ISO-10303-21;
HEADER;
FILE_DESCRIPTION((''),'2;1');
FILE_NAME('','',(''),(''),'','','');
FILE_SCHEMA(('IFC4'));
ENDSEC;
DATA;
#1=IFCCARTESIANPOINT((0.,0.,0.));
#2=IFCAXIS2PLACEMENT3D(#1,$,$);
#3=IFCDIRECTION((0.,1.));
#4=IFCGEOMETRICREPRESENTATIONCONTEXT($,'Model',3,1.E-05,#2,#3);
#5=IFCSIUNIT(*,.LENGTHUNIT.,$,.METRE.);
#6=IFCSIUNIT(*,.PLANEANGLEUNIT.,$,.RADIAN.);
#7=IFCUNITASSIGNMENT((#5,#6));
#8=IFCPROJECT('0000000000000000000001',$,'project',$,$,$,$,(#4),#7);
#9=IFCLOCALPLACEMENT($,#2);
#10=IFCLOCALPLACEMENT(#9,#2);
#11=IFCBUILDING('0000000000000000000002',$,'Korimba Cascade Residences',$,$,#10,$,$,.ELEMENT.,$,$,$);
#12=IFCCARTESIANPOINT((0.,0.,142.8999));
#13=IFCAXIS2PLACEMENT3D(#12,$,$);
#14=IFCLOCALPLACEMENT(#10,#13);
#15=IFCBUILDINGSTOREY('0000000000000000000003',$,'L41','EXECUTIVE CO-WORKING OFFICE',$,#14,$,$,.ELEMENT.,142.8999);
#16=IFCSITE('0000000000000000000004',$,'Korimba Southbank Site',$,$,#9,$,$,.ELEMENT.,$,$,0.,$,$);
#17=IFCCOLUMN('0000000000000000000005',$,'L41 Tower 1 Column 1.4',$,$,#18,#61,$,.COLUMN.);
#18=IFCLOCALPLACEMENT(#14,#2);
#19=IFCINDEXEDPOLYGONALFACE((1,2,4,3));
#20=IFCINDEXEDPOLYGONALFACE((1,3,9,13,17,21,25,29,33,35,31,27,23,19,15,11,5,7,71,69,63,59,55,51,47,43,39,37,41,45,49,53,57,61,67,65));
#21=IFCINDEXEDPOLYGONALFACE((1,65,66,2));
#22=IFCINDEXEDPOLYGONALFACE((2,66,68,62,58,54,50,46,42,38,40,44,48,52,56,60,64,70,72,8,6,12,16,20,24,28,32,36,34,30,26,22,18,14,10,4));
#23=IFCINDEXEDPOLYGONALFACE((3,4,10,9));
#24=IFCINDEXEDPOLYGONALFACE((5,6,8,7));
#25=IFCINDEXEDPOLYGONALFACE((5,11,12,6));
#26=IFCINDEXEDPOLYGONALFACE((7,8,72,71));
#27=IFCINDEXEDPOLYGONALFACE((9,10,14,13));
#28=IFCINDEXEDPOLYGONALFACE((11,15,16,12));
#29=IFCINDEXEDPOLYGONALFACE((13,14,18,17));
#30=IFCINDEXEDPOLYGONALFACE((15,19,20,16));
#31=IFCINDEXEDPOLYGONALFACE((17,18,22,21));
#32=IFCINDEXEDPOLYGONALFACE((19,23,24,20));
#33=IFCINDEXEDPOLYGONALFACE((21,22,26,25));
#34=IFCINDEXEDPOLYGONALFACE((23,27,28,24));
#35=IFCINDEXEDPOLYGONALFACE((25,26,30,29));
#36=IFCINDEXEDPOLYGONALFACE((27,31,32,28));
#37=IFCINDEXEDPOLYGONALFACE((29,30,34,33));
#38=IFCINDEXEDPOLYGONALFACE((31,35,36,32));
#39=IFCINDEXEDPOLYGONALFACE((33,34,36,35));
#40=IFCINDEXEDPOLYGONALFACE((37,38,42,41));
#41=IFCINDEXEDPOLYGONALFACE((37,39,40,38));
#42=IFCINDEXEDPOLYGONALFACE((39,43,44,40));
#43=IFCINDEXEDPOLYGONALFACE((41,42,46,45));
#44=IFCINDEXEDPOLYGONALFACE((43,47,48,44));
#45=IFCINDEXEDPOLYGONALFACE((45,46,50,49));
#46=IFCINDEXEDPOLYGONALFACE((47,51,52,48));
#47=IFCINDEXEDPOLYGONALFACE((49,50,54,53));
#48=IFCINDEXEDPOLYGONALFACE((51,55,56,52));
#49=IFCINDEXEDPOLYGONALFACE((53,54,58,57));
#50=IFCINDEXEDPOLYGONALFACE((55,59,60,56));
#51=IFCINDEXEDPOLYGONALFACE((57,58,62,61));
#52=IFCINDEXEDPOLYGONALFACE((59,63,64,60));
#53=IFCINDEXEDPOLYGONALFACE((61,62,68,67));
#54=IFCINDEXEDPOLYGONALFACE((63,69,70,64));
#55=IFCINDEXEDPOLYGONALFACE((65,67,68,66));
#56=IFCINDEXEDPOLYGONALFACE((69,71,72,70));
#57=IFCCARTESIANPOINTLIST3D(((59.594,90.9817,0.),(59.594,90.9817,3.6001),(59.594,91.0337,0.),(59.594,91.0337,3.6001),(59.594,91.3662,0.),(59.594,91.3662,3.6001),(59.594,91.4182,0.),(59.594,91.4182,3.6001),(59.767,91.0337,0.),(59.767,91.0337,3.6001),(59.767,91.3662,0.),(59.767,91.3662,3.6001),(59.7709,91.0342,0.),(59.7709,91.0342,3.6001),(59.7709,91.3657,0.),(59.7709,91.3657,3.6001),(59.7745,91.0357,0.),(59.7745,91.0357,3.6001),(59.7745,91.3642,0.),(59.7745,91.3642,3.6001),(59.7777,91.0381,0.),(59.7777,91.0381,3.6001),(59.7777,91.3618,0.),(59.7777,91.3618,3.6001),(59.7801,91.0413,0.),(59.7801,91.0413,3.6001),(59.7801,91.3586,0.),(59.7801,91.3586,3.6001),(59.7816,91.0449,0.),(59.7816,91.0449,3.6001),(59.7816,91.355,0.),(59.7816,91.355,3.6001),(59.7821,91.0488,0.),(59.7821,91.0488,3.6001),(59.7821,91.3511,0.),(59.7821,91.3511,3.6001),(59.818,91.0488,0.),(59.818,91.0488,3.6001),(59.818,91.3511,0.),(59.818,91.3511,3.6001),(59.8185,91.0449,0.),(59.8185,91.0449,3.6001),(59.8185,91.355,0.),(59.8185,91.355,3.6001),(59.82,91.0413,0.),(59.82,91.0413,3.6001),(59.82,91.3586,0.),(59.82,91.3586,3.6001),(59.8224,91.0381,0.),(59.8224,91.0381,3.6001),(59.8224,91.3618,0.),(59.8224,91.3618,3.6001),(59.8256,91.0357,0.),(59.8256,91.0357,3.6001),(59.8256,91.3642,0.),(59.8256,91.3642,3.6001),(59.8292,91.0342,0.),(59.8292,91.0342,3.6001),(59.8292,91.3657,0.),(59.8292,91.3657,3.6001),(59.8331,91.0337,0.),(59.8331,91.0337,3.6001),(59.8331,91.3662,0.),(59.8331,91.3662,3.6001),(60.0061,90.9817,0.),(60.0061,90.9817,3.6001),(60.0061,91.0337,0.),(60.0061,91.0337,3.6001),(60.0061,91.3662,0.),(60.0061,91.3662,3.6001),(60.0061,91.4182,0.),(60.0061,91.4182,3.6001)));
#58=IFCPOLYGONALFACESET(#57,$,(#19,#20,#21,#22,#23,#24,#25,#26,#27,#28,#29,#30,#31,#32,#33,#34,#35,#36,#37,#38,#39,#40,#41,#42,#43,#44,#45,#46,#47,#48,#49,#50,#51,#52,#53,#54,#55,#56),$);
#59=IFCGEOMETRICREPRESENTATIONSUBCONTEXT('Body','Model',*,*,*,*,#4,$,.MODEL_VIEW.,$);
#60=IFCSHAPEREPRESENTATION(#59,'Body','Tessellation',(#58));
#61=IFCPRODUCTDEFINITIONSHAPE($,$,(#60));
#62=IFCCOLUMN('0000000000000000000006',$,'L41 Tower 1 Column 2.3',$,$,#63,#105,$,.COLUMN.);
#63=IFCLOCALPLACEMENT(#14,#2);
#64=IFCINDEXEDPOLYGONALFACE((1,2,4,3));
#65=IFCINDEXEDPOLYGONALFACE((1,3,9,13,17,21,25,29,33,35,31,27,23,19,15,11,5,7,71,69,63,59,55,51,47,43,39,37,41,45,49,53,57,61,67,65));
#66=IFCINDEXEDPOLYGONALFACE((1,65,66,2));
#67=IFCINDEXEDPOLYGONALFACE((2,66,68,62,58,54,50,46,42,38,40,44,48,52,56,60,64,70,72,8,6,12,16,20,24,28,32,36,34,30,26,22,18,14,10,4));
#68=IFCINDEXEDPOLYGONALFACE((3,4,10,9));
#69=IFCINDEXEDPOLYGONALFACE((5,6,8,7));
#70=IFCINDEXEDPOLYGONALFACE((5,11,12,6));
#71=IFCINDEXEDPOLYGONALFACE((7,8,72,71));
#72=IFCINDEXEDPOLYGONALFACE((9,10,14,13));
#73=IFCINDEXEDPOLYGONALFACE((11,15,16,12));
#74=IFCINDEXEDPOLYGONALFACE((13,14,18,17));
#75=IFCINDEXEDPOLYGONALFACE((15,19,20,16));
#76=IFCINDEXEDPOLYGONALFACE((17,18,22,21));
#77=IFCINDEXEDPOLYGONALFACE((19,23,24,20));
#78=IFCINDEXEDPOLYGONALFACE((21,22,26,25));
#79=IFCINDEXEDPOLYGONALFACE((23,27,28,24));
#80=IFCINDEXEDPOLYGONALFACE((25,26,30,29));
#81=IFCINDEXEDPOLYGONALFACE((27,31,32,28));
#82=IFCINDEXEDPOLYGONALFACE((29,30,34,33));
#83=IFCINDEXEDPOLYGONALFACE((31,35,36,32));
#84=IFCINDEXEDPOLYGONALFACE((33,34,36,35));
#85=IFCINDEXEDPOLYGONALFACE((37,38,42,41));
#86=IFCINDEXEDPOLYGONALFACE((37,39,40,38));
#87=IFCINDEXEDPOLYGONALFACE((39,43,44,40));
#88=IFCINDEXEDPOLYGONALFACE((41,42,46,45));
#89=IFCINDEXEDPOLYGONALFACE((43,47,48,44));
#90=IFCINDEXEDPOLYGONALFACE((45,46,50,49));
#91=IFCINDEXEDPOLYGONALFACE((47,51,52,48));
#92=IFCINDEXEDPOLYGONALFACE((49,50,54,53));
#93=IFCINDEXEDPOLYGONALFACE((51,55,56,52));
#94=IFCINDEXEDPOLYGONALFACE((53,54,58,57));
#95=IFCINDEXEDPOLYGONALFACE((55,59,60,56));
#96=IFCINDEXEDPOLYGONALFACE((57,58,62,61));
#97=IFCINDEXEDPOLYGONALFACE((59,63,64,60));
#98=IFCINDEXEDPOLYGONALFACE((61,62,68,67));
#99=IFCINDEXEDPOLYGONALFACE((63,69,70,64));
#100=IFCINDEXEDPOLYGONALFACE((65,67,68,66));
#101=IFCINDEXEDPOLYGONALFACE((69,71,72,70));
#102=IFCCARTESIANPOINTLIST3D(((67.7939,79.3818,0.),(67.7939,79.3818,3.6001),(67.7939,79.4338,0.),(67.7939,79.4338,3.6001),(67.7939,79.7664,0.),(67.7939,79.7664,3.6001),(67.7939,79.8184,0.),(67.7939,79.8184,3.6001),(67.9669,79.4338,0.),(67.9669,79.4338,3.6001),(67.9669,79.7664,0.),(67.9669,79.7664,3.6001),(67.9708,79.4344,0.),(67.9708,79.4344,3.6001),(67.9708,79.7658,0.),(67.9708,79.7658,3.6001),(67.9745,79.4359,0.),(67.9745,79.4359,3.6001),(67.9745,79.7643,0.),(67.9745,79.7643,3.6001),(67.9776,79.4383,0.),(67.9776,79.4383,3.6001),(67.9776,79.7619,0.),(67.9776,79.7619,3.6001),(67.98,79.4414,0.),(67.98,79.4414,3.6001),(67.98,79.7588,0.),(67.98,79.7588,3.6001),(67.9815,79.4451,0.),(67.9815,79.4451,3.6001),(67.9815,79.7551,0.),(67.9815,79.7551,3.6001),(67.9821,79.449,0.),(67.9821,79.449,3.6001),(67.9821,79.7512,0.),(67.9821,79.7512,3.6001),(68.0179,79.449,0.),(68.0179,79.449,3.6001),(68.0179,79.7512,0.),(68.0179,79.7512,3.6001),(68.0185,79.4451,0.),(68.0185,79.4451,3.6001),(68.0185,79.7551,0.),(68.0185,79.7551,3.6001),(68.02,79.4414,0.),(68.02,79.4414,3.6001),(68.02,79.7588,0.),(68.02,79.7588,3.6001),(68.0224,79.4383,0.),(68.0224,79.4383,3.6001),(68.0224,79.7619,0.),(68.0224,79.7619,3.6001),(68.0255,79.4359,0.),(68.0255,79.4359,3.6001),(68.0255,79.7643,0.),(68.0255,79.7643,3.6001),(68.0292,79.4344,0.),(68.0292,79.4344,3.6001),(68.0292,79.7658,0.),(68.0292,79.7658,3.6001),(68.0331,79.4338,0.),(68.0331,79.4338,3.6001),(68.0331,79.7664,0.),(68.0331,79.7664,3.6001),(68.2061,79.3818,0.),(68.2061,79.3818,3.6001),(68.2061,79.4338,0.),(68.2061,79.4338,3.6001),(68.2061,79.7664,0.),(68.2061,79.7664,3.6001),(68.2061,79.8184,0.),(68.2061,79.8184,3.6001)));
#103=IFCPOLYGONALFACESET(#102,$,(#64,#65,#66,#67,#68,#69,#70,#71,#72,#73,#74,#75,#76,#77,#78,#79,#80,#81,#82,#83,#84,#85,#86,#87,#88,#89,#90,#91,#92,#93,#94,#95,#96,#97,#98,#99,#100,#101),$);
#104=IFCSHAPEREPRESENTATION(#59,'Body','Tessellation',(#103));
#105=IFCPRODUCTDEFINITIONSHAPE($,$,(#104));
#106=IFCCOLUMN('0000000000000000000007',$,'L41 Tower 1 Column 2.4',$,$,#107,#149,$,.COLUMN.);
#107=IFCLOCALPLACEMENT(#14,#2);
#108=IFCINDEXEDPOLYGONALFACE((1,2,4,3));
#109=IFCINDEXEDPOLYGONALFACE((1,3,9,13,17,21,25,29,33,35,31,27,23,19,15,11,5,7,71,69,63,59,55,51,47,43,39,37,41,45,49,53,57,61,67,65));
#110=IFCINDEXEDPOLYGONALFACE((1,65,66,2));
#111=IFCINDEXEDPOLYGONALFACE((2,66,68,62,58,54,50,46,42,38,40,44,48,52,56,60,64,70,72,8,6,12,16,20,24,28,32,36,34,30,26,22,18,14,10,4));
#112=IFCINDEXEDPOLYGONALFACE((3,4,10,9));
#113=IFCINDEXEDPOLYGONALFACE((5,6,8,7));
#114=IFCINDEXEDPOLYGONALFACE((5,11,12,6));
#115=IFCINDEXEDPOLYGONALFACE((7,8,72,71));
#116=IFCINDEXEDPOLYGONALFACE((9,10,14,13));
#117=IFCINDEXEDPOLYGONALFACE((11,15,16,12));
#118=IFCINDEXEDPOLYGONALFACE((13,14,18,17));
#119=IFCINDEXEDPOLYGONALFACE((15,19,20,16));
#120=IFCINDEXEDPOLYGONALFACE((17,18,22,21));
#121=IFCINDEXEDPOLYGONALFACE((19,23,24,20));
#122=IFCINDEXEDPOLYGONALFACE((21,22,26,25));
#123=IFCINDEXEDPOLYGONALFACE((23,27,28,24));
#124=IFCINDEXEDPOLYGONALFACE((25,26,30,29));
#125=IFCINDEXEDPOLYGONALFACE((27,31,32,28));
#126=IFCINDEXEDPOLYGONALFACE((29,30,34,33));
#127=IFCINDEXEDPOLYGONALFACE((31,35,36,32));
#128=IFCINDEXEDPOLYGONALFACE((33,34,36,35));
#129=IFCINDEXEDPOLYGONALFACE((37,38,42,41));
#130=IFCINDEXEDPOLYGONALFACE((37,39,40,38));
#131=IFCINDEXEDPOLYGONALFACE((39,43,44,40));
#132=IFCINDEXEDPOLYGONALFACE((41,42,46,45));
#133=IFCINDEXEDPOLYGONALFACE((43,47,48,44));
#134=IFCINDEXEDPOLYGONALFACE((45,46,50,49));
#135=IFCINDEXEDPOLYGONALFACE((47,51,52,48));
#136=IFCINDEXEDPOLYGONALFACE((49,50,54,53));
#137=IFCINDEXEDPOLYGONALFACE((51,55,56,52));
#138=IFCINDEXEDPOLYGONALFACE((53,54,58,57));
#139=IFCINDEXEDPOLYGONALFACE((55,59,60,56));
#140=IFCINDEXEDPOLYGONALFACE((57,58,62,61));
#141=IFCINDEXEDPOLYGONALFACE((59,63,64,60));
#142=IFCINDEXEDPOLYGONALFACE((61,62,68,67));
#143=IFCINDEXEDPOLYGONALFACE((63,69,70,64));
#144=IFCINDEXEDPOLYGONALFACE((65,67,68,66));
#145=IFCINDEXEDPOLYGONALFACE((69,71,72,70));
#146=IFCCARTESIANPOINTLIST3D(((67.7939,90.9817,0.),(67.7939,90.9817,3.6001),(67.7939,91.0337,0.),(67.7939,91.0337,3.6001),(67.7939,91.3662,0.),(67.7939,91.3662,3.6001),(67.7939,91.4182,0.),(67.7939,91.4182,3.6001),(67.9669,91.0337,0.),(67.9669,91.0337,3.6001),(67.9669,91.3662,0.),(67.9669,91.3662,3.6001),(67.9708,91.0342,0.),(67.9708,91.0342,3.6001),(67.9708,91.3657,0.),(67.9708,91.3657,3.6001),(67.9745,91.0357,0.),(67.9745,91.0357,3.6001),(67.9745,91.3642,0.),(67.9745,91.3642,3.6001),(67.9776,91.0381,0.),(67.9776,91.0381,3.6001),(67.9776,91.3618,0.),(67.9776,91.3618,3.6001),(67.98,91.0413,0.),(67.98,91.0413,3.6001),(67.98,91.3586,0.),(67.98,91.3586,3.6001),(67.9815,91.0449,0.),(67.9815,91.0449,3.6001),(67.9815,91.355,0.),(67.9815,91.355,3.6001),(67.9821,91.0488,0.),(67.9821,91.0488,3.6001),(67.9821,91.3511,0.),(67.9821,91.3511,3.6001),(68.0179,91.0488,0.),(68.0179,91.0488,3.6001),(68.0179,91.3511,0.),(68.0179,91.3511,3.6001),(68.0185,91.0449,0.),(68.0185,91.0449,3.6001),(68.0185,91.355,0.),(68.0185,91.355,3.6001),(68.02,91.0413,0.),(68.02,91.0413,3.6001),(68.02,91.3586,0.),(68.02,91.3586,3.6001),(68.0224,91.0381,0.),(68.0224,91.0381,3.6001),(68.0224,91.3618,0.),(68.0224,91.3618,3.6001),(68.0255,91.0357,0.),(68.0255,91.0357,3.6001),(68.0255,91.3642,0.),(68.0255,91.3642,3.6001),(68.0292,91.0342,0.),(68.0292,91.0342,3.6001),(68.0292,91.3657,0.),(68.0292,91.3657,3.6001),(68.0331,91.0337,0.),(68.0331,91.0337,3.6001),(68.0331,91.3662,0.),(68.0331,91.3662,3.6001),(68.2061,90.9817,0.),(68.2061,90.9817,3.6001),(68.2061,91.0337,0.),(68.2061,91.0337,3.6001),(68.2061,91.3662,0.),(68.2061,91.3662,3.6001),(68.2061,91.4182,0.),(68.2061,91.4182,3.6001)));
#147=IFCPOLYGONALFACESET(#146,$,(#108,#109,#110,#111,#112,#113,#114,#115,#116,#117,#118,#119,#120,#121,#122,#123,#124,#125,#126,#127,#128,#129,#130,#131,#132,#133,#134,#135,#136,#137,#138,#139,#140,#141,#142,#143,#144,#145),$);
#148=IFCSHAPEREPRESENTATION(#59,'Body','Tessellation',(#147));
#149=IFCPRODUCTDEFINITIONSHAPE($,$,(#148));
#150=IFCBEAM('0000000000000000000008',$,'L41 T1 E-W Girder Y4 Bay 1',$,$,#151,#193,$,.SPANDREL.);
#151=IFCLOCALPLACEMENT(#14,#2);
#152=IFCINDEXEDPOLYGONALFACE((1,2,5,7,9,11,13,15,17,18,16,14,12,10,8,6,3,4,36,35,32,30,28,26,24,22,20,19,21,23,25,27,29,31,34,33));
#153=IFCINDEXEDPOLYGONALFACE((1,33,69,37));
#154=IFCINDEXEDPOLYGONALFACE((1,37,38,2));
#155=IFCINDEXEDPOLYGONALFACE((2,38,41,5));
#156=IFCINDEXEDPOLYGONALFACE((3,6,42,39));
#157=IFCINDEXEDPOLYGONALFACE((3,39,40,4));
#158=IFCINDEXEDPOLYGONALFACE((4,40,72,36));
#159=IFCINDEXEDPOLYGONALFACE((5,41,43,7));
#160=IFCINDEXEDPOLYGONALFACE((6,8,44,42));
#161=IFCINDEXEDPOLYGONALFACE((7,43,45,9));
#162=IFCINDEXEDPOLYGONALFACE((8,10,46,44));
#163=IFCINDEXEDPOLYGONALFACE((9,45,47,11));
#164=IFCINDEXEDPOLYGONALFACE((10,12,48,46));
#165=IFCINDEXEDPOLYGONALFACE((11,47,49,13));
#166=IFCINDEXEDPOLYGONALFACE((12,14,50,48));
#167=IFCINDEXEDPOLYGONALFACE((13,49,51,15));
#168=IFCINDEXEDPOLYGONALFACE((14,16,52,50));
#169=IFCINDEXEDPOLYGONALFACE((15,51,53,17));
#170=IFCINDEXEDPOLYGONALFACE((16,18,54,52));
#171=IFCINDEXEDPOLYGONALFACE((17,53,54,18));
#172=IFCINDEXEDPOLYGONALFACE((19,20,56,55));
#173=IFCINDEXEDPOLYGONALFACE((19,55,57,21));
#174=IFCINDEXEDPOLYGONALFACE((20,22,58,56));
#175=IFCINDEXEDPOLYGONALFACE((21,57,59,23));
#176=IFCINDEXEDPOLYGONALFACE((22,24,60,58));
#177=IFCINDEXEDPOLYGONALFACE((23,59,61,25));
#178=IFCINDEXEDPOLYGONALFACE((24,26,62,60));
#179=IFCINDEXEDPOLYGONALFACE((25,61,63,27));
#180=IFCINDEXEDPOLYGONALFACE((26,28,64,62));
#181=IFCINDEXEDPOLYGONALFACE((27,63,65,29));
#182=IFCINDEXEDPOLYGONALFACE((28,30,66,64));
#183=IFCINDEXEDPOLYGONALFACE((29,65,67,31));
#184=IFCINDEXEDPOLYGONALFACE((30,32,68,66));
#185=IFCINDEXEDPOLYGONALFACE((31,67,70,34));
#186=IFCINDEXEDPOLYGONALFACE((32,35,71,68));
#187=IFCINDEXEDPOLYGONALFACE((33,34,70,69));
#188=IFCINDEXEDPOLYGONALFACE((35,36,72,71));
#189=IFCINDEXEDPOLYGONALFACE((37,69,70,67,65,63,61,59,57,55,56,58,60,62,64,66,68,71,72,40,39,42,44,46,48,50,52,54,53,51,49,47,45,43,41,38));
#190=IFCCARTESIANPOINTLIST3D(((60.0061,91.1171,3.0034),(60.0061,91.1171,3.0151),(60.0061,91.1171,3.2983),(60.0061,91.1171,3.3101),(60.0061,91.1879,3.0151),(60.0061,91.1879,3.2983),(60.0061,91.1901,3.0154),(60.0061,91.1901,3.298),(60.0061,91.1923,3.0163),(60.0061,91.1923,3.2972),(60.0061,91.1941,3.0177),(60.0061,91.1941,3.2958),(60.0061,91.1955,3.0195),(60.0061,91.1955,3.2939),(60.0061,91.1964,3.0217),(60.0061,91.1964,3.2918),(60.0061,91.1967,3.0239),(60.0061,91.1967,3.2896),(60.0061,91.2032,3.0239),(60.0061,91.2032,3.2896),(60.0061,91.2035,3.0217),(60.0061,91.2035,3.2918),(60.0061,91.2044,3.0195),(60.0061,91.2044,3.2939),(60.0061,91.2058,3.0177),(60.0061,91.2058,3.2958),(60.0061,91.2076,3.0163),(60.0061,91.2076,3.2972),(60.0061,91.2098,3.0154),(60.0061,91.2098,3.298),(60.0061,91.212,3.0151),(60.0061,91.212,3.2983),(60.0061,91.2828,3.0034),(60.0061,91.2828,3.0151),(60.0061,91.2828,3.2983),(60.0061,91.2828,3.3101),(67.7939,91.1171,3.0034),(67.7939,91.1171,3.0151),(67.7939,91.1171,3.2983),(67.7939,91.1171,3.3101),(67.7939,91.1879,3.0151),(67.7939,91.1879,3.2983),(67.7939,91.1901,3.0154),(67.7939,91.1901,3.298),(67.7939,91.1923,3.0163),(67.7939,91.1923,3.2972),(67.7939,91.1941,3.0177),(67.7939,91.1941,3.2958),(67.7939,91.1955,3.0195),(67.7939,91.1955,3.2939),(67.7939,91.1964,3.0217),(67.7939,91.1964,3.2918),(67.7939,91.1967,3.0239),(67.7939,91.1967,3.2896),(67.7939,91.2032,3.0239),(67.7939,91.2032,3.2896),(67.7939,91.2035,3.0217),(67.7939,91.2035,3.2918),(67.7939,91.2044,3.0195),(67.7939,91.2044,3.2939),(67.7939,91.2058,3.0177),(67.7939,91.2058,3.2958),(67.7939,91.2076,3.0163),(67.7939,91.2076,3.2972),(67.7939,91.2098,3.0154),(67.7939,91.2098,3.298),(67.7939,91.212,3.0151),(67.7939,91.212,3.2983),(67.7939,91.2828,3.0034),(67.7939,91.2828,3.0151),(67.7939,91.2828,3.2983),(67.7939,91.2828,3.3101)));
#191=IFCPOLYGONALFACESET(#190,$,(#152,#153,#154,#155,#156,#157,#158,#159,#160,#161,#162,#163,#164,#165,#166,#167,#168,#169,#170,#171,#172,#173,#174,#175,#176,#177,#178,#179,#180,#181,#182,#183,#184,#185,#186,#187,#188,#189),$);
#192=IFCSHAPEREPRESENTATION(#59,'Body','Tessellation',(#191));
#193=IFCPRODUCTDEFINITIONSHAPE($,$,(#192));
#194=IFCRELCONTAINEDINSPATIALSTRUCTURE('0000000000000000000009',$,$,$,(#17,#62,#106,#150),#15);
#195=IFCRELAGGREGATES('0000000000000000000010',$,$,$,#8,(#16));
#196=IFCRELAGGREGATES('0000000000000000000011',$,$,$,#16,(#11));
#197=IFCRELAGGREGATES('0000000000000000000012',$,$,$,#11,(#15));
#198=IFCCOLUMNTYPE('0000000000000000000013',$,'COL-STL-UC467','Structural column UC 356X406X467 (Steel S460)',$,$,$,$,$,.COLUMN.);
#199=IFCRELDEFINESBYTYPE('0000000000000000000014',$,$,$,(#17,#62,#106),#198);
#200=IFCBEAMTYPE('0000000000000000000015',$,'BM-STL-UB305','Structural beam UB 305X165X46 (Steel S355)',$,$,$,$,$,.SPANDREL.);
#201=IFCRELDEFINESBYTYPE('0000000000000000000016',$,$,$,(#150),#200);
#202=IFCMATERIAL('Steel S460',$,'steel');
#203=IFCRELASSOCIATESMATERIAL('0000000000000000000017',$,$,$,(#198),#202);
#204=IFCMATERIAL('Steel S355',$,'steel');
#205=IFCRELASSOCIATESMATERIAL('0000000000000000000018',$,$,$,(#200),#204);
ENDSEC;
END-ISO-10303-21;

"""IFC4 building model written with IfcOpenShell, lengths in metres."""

from ifc_helpers import new_model, si_unit, direction, frame, origin, origin_2d, place, context, subcontext, project, spatial, i_section, extrude, material, material_profile, profile_set, type_object, element, save


model = new_model("IFC4")

# Units and contexts
model_context = context("Model", 3, precision=1e-05, world=origin(), true_north=direction((0.0, 1.0)))
body_context = subcontext(model_context, "Body", "Model", "MODEL_VIEW")
ifc_project = project(units=[si_unit("LENGTHUNIT", "METRE"), si_unit("PLANEANGLEUNIT", "RADIAN")], contexts=[model_context])

# Site, building, storey
site_placement = place(None, origin())
site = spatial("IfcSite", under=ifc_project, at=site_placement, Name="Korimba Southbank Site", CompositionType="ELEMENT", RefElevation=0.0)
building_placement = place(site_placement, origin())
building = spatial("IfcBuilding", under=site, at=building_placement, Name="Korimba Cascade Residences", CompositionType="ELEMENT")
storey_placement = place(building_placement, frame((0.0, 0.0, 142.8999)))
storey = spatial("IfcBuildingStorey", under=building, at=storey_placement, Name="L41", Description="EXECUTIVE CO-WORKING OFFICE", CompositionType="ELEMENT", Elevation=142.8999)

# Columns
ifc_material_1 = material(Name="Steel S460", Category="steel")
ifc_material_profile_1 = material_profile(ifc_material_1, i_section(OverallWidth=0.4121, OverallDepth=0.4365, WebThickness=0.0359, FlangeThickness=0.052, FilletRadius=0.0151, at=origin_2d()), Name="Steel S460")
ifc_profile_set_1 = profile_set([ifc_material_profile_1], Name="Steel S460")
column_type = type_object("IfcColumnType", Name="COL-STL-UC467", Description="Structural column UC 356X406X467 (Steel S460)", PredefinedType="COLUMN", material=ifc_profile_set_1)
for number, where, z_axis, x_axis, name in (
    (1, (59.8, 91.2, 0.0), (0.0, 0.0, 1.0), (1.0, 0.0, 0.0), "L41 Tower 1 Column 1.4"),
    (2, (68.0, 79.6001, 0.0), (0.0, 0.0, 1.0), (1.0, 0.0, 0.0), "L41 Tower 1 Column 2.3"),
    (3, (68.0, 91.2, 0.0), (0.0, 0.0, 1.0), (1.0, 0.0, 0.0), "L41 Tower 1 Column 2.4"),
):
    element("IfcColumn", number, at=place(storey_placement, frame(where, z_axis=z_axis, x_axis=x_axis)), inside=storey, type_object=column_type, Name=name, PredefinedType="COLUMN", context=body_context, shape_type="SweptSolid", body=[
        extrude(i_section(OverallWidth=0.4121, OverallDepth=0.4365, WebThickness=0.0359, FlangeThickness=0.052, FilletRadius=0.0151, at=origin_2d()), origin(), (0.0, 0.0, 1.0), 3.6001),
    ])

# Beam
ifc_material_2 = material(Name="Steel S355", Category="steel")
ifc_material_profile_2 = material_profile(ifc_material_2, i_section(OverallWidth=0.1658, OverallDepth=0.3066, WebThickness=0.0066, FlangeThickness=0.0117, FilletRadius=0.0088, at=origin_2d()), Name="Steel S355")
ifc_profile_set_2 = profile_set([ifc_material_profile_2], Name="Steel S355")
beam_type_1 = type_object("IfcBeamType", Name="BM-STL-UB305", Description="Structural beam UB 305X165X46 (Steel S355)", PredefinedType="SPANDREL", material=ifc_profile_set_2)
beam_1_placement = place(storey_placement, frame((60.0061, 91.2, 3.1567), z_axis=(1.0, 0.0, 0.0), x_axis=(0.0, 1.0, 0.0)))
element("IfcBeam", 4, at=beam_1_placement, inside=storey, type_object=beam_type_1, Name="L41 T1 E-W Girder Y4 Bay 1", PredefinedType="SPANDREL", context=body_context, shape_type="SweptSolid", body=[
    extrude(i_section(OverallWidth=0.1658, OverallDepth=0.3066, WebThickness=0.0066, FlangeThickness=0.0117, FilletRadius=0.0088, at=origin_2d()), origin(), (0.0, 0.0, 1.0), 7.7878),
])

save(model, "model.ifc")
